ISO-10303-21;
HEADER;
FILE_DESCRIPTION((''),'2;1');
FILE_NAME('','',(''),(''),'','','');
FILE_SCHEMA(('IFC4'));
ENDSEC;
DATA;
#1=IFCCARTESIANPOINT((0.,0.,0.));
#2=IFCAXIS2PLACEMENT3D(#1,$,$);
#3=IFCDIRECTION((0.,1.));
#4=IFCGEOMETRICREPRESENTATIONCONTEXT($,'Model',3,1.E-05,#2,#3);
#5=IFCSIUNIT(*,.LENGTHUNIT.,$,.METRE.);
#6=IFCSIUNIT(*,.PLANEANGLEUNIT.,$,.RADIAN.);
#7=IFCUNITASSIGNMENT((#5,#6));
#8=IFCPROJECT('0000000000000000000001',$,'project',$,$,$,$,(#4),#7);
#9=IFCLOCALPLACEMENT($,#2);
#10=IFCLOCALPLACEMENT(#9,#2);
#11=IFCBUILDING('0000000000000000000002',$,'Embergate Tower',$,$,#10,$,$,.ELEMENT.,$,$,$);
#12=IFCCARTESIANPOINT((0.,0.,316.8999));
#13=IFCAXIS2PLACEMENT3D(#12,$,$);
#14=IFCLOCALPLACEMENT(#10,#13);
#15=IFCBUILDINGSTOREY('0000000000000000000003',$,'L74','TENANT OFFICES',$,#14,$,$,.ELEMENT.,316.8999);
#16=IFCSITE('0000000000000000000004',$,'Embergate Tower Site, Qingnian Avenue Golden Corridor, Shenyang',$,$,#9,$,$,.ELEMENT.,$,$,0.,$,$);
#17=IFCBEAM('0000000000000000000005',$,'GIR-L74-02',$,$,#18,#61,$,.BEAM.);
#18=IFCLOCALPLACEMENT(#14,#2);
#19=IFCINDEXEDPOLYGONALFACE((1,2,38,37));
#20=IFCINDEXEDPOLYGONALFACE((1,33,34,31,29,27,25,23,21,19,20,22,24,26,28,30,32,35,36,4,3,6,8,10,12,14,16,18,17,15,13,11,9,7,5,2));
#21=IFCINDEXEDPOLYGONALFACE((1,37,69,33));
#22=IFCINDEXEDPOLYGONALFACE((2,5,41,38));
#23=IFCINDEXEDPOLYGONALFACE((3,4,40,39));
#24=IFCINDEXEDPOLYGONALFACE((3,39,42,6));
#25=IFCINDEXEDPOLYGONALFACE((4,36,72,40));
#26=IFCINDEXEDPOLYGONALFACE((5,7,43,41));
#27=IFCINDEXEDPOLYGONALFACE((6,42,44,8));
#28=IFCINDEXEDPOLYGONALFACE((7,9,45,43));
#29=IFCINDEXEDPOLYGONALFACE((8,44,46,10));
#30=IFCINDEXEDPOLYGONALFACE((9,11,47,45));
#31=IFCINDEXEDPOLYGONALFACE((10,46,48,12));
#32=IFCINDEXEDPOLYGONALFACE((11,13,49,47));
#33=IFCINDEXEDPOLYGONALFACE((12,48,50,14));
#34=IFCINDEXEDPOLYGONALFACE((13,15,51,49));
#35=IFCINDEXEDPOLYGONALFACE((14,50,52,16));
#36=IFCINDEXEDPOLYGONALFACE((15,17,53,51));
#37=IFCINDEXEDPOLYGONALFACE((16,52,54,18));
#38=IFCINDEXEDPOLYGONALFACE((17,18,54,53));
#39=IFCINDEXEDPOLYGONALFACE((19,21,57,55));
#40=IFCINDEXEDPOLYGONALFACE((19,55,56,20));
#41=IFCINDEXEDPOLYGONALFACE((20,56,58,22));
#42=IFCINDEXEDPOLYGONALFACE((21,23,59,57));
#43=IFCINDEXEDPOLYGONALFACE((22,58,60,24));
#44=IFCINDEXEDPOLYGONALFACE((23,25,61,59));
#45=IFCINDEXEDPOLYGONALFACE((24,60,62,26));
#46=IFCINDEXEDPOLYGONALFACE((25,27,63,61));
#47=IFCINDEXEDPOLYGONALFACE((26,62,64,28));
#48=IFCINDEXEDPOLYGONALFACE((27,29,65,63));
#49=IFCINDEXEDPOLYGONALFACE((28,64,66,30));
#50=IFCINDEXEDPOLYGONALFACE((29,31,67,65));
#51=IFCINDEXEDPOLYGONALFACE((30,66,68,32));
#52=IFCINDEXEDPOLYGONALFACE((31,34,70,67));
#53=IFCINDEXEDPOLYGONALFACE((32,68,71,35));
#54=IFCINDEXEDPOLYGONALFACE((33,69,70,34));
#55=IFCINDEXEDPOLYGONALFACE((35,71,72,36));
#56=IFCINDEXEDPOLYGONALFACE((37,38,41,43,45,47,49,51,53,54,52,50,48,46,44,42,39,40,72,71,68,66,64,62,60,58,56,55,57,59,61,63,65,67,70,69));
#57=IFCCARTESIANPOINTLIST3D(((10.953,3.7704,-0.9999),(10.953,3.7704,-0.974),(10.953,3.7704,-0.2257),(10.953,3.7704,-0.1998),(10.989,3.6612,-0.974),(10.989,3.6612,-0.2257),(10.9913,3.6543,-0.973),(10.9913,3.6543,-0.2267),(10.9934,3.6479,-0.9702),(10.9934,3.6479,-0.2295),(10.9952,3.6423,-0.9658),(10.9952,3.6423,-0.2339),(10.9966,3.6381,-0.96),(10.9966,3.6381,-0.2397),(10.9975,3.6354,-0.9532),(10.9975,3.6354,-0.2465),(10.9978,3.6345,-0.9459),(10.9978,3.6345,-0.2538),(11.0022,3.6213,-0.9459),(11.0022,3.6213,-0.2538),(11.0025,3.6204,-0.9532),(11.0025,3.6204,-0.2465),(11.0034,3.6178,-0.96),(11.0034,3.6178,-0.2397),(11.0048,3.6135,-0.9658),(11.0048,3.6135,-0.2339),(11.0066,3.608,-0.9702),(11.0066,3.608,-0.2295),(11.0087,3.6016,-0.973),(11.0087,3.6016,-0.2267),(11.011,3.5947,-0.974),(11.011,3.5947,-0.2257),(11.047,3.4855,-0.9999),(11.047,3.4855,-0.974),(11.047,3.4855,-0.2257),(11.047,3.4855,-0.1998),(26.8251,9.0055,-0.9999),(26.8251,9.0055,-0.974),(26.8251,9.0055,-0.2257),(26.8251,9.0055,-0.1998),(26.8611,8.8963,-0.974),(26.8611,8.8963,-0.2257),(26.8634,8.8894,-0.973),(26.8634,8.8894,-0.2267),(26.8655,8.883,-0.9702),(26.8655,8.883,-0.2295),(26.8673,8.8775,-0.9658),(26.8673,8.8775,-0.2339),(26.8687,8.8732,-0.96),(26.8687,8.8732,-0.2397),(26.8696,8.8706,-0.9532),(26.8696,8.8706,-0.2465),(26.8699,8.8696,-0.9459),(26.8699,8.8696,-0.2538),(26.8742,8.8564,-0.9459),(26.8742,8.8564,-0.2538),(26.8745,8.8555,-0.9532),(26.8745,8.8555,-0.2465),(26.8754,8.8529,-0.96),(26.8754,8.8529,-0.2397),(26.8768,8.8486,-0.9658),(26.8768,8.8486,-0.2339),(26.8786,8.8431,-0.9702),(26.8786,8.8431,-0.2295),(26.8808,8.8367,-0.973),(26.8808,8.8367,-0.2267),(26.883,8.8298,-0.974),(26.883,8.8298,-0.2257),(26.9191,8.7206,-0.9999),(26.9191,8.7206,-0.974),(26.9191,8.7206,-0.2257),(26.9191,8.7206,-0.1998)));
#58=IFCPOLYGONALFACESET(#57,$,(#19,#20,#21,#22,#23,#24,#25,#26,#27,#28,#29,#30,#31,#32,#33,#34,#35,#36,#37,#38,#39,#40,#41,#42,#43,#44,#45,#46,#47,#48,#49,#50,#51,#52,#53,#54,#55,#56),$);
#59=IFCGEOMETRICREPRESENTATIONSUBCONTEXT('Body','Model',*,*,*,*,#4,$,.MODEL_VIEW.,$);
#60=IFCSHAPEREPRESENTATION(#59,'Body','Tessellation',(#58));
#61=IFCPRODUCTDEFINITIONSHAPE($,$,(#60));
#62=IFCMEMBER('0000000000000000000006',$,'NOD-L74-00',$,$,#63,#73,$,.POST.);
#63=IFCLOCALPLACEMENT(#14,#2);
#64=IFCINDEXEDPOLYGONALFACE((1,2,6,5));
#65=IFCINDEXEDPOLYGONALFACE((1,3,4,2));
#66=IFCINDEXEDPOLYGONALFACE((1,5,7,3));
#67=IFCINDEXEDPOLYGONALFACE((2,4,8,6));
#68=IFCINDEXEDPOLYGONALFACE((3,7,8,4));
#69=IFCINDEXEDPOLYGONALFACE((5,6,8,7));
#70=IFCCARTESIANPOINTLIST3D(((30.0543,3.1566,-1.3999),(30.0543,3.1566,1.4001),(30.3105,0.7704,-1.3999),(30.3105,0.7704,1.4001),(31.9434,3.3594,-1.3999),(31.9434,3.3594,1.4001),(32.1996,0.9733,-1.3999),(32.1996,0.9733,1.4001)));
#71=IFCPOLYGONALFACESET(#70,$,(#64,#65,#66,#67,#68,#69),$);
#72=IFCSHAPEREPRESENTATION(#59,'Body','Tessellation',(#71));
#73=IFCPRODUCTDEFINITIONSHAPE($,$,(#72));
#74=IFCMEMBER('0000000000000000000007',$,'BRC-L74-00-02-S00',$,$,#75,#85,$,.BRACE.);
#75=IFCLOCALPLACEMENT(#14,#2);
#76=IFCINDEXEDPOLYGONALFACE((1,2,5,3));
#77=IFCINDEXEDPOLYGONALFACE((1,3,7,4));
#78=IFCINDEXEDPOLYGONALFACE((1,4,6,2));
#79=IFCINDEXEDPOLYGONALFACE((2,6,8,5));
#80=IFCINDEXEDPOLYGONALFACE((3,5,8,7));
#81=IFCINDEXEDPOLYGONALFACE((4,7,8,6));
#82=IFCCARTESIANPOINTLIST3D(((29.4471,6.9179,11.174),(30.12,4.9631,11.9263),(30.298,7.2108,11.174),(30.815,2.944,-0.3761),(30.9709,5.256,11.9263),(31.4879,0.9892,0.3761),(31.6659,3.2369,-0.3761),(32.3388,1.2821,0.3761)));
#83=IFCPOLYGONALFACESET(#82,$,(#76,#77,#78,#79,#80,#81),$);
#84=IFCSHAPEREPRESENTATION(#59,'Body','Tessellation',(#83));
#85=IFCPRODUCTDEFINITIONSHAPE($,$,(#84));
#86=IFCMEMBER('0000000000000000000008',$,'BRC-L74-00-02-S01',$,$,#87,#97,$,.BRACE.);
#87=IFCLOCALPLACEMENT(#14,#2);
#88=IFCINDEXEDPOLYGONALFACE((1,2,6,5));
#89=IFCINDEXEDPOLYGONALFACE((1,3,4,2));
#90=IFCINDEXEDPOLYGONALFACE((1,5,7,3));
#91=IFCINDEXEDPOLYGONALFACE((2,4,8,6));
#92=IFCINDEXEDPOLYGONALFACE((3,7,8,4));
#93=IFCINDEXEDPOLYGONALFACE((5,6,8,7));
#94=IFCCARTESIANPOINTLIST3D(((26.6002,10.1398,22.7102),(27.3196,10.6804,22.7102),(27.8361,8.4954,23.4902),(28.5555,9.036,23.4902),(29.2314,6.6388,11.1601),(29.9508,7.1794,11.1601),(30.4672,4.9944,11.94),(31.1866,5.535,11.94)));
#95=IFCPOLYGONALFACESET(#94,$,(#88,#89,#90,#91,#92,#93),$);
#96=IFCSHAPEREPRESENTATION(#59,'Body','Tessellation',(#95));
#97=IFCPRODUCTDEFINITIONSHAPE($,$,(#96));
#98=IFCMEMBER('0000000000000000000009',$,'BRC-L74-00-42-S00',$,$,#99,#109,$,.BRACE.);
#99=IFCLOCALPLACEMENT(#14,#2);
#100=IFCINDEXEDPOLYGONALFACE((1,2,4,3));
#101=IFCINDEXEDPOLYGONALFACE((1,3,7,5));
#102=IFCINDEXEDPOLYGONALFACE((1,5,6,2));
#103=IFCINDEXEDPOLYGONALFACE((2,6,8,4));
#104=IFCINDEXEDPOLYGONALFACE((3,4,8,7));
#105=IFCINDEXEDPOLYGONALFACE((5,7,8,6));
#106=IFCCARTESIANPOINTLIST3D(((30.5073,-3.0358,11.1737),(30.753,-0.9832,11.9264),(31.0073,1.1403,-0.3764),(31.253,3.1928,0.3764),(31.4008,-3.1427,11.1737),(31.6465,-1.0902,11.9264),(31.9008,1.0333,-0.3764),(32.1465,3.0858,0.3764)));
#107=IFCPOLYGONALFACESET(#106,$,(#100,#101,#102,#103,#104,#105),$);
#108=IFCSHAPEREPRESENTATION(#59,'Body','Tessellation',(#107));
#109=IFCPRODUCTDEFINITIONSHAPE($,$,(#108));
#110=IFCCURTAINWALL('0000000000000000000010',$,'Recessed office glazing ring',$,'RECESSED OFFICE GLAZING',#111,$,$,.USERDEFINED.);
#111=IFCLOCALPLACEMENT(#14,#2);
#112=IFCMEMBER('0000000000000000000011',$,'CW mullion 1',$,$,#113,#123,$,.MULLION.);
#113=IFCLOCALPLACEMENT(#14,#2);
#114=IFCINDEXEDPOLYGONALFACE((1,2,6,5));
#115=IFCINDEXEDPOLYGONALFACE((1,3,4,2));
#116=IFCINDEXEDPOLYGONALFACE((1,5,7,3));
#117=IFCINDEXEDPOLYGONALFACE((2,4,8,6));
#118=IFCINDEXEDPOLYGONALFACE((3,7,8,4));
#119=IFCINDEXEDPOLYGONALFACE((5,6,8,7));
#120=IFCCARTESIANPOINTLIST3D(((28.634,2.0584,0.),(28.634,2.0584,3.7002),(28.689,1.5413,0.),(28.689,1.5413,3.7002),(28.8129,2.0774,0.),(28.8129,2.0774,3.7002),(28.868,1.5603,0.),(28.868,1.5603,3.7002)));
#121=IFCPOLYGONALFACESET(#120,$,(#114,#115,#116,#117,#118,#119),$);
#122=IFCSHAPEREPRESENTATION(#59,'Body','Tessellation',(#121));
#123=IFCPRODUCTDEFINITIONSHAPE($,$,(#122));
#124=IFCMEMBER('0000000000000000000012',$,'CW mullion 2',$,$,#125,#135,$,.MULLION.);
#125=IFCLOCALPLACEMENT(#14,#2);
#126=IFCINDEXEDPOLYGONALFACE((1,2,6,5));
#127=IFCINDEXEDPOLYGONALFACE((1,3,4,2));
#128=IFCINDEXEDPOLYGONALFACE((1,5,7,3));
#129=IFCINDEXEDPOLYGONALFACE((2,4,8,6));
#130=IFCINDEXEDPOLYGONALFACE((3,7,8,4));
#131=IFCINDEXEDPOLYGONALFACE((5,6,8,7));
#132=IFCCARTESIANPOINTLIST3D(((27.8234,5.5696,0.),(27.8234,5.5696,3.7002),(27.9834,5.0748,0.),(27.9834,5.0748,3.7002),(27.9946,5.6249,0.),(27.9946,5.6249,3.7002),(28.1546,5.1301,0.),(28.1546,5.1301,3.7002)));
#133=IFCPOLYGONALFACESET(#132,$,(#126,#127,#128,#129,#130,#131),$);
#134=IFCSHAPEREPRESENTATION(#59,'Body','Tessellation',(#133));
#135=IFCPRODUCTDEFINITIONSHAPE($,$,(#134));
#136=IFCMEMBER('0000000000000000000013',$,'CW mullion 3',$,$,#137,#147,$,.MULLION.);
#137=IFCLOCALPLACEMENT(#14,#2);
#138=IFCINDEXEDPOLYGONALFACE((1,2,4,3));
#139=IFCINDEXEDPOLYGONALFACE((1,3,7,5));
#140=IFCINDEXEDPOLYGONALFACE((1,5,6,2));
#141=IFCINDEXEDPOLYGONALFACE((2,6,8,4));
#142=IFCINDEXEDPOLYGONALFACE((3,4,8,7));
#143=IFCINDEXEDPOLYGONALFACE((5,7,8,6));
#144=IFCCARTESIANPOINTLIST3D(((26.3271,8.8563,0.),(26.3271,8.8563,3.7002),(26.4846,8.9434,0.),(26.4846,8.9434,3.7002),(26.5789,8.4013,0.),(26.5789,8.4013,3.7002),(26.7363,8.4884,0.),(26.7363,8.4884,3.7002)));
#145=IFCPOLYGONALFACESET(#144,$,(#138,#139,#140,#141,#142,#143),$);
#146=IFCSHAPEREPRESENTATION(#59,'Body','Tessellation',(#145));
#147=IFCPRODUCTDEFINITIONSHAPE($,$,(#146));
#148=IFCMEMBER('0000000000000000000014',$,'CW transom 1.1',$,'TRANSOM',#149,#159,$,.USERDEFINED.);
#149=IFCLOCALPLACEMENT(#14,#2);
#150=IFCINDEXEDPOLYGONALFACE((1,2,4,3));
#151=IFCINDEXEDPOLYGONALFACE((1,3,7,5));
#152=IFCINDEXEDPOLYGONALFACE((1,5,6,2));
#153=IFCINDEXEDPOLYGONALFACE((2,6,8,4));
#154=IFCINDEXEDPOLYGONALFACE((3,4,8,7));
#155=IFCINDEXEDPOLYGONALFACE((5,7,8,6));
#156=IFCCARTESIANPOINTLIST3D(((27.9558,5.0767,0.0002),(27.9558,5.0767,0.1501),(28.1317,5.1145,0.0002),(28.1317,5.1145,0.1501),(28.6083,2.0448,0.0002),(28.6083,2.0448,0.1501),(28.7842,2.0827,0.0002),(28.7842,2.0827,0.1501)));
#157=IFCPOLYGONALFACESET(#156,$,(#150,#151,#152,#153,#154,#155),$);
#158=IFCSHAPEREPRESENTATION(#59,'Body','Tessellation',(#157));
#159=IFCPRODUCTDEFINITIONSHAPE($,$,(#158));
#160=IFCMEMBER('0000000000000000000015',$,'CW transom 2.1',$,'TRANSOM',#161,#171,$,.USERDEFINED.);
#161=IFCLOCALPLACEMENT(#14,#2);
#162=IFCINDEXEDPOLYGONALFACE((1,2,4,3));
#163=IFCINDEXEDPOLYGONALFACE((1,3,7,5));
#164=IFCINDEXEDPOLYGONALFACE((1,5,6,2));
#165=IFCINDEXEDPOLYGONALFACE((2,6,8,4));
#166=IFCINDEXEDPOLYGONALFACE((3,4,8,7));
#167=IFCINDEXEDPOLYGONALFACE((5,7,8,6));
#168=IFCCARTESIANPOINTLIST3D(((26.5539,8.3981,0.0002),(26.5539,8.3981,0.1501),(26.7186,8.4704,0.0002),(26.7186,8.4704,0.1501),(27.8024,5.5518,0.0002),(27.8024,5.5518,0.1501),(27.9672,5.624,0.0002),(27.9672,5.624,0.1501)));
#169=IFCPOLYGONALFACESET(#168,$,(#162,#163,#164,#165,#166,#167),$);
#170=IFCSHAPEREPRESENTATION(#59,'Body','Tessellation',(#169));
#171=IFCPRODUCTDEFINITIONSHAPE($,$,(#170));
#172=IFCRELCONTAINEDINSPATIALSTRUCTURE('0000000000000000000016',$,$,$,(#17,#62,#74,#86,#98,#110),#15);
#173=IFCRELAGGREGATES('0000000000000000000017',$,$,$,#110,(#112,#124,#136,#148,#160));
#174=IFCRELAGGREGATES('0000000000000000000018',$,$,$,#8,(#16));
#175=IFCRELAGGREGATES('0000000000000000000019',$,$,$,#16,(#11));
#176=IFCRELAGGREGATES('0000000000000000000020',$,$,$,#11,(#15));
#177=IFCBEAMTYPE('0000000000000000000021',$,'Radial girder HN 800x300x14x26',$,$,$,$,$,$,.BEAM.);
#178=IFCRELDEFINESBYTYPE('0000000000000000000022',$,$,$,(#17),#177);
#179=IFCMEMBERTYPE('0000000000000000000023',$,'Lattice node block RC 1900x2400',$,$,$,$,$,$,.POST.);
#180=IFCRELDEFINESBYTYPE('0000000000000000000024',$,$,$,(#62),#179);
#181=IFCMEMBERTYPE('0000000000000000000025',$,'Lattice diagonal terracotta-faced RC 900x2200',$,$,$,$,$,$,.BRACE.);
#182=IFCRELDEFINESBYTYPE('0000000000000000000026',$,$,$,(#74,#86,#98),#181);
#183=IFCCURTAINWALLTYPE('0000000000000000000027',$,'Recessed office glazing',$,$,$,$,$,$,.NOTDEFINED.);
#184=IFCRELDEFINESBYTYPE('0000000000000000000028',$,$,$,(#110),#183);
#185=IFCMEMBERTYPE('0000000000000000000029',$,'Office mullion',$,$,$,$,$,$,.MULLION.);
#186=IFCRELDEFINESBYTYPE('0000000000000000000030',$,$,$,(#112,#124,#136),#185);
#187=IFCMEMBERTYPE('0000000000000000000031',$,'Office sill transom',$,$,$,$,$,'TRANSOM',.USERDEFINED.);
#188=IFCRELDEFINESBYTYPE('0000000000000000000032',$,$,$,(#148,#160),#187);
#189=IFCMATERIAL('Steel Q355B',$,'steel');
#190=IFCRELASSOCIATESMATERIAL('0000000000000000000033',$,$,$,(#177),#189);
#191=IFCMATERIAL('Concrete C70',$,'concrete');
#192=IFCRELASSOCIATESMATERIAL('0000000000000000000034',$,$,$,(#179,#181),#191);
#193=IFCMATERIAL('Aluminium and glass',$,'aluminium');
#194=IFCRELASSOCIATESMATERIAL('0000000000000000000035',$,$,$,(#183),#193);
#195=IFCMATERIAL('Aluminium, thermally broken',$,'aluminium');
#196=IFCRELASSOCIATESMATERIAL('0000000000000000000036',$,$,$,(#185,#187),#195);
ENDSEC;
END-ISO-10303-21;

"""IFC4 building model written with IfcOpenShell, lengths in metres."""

from ifc_helpers import new_model, si_unit, direction, frame, origin, origin_2d, place, context, subcontext, project, spatial, rectangle, i_section, extrude, source, transform, mapped, material, material_profile, profile_set, type_object, element, aggregate, save


model = new_model("IFC4")

# Units and contexts
model_context = context("Model", 3, precision=1e-05, world=origin(), true_north=direction((0.0, 1.0)))
body_context = subcontext(model_context, "Body", "Model", "MODEL_VIEW")
ifc_project = project(units=[si_unit("LENGTHUNIT", "METRE"), si_unit("PLANEANGLEUNIT", "RADIAN")], contexts=[model_context])

# Site, building, storey
site_placement = place(None, origin())
site = spatial("IfcSite", under=ifc_project, at=site_placement, Name="Embergate Tower Site, Qingnian Avenue Golden Corridor, Shenyang", CompositionType="ELEMENT", RefElevation=0.0)
building_placement = place(site_placement, origin())
building = spatial("IfcBuilding", under=site, at=building_placement, Name="Embergate Tower", CompositionType="ELEMENT")
storey_placement = place(building_placement, frame((0.0, 0.0, 316.8999)))
storey = spatial("IfcBuildingStorey", under=building, at=storey_placement, Name="L74", Description="TENANT OFFICES", CompositionType="ELEMENT", Elevation=316.8999)

# Beam
ifc_material_1 = material(Name="Steel Q355B", Category="steel")
ifc_material_profile_1 = material_profile(ifc_material_1, i_section(OverallWidth=0.3, OverallDepth=0.8, WebThickness=0.0139, FlangeThickness=0.0259, FilletRadius=0.0281, at=origin_2d()), Name="HN 800x300x14x26")
ifc_profile_set_1 = profile_set([ifc_material_profile_1], Name="Steel Q355 grade B")
beam_type_1 = type_object("IfcBeamType", Name="Radial girder HN 800x300x14x26", PredefinedType="BEAM", material=ifc_profile_set_1)
shared_shape_1 = source(origin(), body_context, "Body", "SweptSolid", [
    extrude(i_section(OverallWidth=0.3, OverallDepth=0.8, WebThickness=0.0139, FlangeThickness=0.0259, FilletRadius=0.0281, at=origin_2d()), origin(), (0.0, 0.0, 1.0), 16.7131),
])
beam_1_placement = place(storey_placement, frame((26.8721, 8.863, -0.5999), z_axis=(-0.949676, -0.313233, 0.0), x_axis=(0.313233, -0.949676, 0.0)))
element("IfcBeam", 1, at=beam_1_placement, inside=storey, type_object=beam_type_1, Name="GIR-L74-02", PredefinedType="BEAM", context=body_context, shape_type="MappedRepresentation", body=[
    mapped(shared_shape_1, transform((0.0, 0.0, 0.0))),
])

# Members
ifc_material_2 = material(Name="Concrete C70", Category="concrete")
ifc_material_profile_2 = material_profile(ifc_material_2, rectangle(XDim=1.8999, YDim=2.3999, at=origin_2d()), Name="RC 1900x2400")
ifc_profile_set_2 = profile_set([ifc_material_profile_2], Name="Concrete C70")
member_type_1 = type_object("IfcMemberType", Name="Lattice node block RC 1900x2400", PredefinedType="POST", material=ifc_profile_set_2)
shared_shape_2 = source(origin(), body_context, "Body", "SweptSolid", [
    extrude(rectangle(XDim=1.8999, YDim=2.3999, at=origin_2d()), origin(), (0.0, 0.0, 1.0), 2.8),
])
member_1_placement = place(storey_placement, frame((31.127, 2.0649, -1.3999), z_axis=(0.0, 0.0, 1.0), x_axis=(0.994286, 0.10675, 0.0)))
element("IfcMember", 2, at=member_1_placement, inside=storey, type_object=member_type_1, Name="NOD-L74-00", PredefinedType="POST", context=body_context, shape_type="MappedRepresentation", body=[
    mapped(shared_shape_2, transform((0.0, 0.0, 0.0))),
])
ifc_material_profile_3 = material_profile(ifc_material_2, rectangle(XDim=0.8999, YDim=2.2, at=origin_2d()), Name="RC 900x2200")
ifc_profile_set_3 = profile_set([ifc_material_profile_3], Name="Concrete C70")
member_type_2 = type_object("IfcMemberType", Name="Lattice diagonal terracotta-faced RC 900x2200", PredefinedType="BRACE", material=ifc_profile_set_3)
shared_shape_3 = source(origin(), body_context, "Body", "SweptSolid", [
    extrude(rectangle(XDim=0.8999, YDim=2.2, at=origin_2d()), origin(), (0.0, 0.0, 1.0), 12.291),
])
member_2_placement = place(storey_placement, frame((31.5769, 2.113, 0.0), z_axis=(-0.111295, 0.323318, 0.939723), x_axis=(-0.945548, -0.325484, 0.0)))
element("IfcMember", 3, at=member_2_placement, inside=storey, type_object=member_type_2, Name="BRC-L74-00-02-S00", PredefinedType="BRACE", context=body_context, shape_type="MappedRepresentation", body=[
    mapped(shared_shape_3, transform((0.0, 0.0, 0.0))),
])
shared_shape_4 = source(origin(), body_context, "Body", "SweptSolid", [
    extrude(rectangle(XDim=0.8999, YDim=2.2, at=origin_2d()), origin(), (0.0, 0.0, 1.0), 12.3525),
])
member_3_placement = place(storey_placement, frame((30.209, 6.0869, 11.55), z_axis=(-0.213002, 0.283424, 0.935041), x_axis=(-0.799411, -0.600785, 0.0)))
element("IfcMember", 4, at=member_3_placement, inside=storey, type_object=member_type_2, Name="BRC-L74-00-02-S01", PredefinedType="BRACE", context=body_context, shape_type="MappedRepresentation", body=[
    mapped(shared_shape_4, transform((0.0, 0.0, 0.0))),
])
shared_shape_5 = source(origin(), body_context, "Body", "SweptSolid", [
    extrude(rectangle(XDim=0.8999, YDim=2.2, at=origin_2d()), origin(), (0.0, 0.0, 1.0), 12.292),
])
member_4_placement = place(storey_placement, frame((31.5769, 2.113, 0.0), z_axis=(-0.040677, -0.339736, 0.939641), x_axis=(0.992908, -0.118882, 0.0)))
element("IfcMember", 5, at=member_4_placement, inside=storey, type_object=member_type_2, Name="BRC-L74-00-42-S00", PredefinedType="BRACE", context=body_context, shape_type="MappedRepresentation", body=[
    mapped(shared_shape_5, transform((0.0, 0.0, 0.0))),
])

# Curtain wall, members
ifc_material_3 = material(Name="Aluminium and glass", Category="aluminium")
curtain_wall_type = type_object("IfcCurtainWallType", Name="Recessed office glazing", PredefinedType="NOTDEFINED", material=ifc_material_3)
curtain_wall_placement = place(storey_placement, origin())
curtain_wall = element("IfcCurtainWall", 6, at=curtain_wall_placement, inside=storey, type_object=curtain_wall_type, Name="Recessed office glazing ring", ObjectType="RECESSED OFFICE GLAZING", PredefinedType="USERDEFINED")
ifc_material_4 = material(Name="Aluminium, thermally broken", Category="aluminium")
ifc_material_profile_4 = material_profile(ifc_material_4, rectangle(XDim=0.1799, YDim=0.52, at=origin_2d()), Name="AL 520x180")
ifc_profile_set_4 = profile_set([ifc_material_profile_4], Name="Aluminium, thermally broken")
member_type_3 = type_object("IfcMemberType", Name="Office mullion", PredefinedType="MULLION", material=ifc_profile_set_4)
shared_shape_6 = source(origin(), body_context, "Body", "SweptSolid", [
    extrude(rectangle(XDim=0.1799, YDim=0.52, at=origin_2d()), origin(), (0.0, 0.0, 1.0), 3.7002),
])
member_5_placement = place(storey_placement, frame((28.751, 1.8093, 0.0), z_axis=(0.0, 0.0, 1.0), x_axis=(-0.994384, -0.105832, 0.0)))
member_5 = element("IfcMember", 7, at=member_5_placement, type_object=member_type_3, Name="CW mullion 1", PredefinedType="MULLION", context=body_context, shape_type="MappedRepresentation", body=[
    mapped(shared_shape_6, transform((0.0, 0.0, 0.0))),
])
member_6_placement = place(storey_placement, frame((27.989, 5.3499, 0.0), z_axis=(0.0, 0.0, 1.0), x_axis=(-0.951492, -0.307674, 0.0)))
member_6 = element("IfcMember", 8, at=member_6_placement, type_object=member_type_3, Name="CW mullion 2", PredefinedType="MULLION", context=body_context, shape_type="MappedRepresentation", body=[
    mapped(shared_shape_6, transform((0.0, 0.0, 0.0))),
])
member_7_placement = place(storey_placement, frame((26.5317, 8.6724, 0.0), z_axis=(0.0, 0.0, 1.0), x_axis=(-0.874992, -0.484138, 0.0)))
member_7 = element("IfcMember", 9, at=member_7_placement, type_object=member_type_3, Name="CW mullion 3", PredefinedType="MULLION", context=body_context, shape_type="MappedRepresentation", body=[
    mapped(shared_shape_6, transform((0.0, 0.0, 0.0))),
])
ifc_material_profile_5 = material_profile(ifc_material_4, rectangle(XDim=0.1799, YDim=0.1499, at=origin_2d()), Name="AL 150x180")
ifc_profile_set_5 = profile_set([ifc_material_profile_5], Name="Aluminium, thermally broken")
member_type_4 = type_object("IfcMemberType", Name="Office sill transom", ElementType="TRANSOM", PredefinedType="USERDEFINED", material=ifc_profile_set_5)
shared_shape_7 = source(origin(), body_context, "Body", "SweptSolid", [
    extrude(rectangle(XDim=0.1799, YDim=0.1499, at=origin_2d()), origin(), (0.0, 0.0, 1.0), 3.1013),
])
member_8_placement = place(storey_placement, frame((28.6963, 2.0637, 0.0752), z_axis=(-0.210416, 0.977612, 0.0), x_axis=(-0.977612, -0.210416, 0.0)))
member_8 = element("IfcMember", 10, at=member_8_placement, type_object=member_type_4, Name="CW transom 1.1", ObjectType="TRANSOM", PredefinedType="USERDEFINED", context=body_context, shape_type="MappedRepresentation", body=[
    mapped(shared_shape_7, transform((0.0, 0.0, 0.0))),
])
shared_shape_8 = source(origin(), body_context, "Body", "SweptSolid", [
    extrude(rectangle(XDim=0.1799, YDim=0.1499, at=origin_2d()), origin(), (0.0, 0.0, 1.0), 3.1082),
])
member_9_placement = place(storey_placement, frame((27.8848, 5.5879, 0.0752), z_axis=(-0.401688, 0.915777, 0.0), x_axis=(-0.915777, -0.401688, 0.0)))
member_9 = element("IfcMember", 11, at=member_9_placement, type_object=member_type_4, Name="CW transom 2.1", ObjectType="TRANSOM", PredefinedType="USERDEFINED", context=body_context, shape_type="MappedRepresentation", body=[
    mapped(shared_shape_8, transform((0.0, 0.0, 0.0))),
])
aggregate(curtain_wall, [member_5, member_6, member_7, member_8, member_9])

save(model, "model.ifc")
